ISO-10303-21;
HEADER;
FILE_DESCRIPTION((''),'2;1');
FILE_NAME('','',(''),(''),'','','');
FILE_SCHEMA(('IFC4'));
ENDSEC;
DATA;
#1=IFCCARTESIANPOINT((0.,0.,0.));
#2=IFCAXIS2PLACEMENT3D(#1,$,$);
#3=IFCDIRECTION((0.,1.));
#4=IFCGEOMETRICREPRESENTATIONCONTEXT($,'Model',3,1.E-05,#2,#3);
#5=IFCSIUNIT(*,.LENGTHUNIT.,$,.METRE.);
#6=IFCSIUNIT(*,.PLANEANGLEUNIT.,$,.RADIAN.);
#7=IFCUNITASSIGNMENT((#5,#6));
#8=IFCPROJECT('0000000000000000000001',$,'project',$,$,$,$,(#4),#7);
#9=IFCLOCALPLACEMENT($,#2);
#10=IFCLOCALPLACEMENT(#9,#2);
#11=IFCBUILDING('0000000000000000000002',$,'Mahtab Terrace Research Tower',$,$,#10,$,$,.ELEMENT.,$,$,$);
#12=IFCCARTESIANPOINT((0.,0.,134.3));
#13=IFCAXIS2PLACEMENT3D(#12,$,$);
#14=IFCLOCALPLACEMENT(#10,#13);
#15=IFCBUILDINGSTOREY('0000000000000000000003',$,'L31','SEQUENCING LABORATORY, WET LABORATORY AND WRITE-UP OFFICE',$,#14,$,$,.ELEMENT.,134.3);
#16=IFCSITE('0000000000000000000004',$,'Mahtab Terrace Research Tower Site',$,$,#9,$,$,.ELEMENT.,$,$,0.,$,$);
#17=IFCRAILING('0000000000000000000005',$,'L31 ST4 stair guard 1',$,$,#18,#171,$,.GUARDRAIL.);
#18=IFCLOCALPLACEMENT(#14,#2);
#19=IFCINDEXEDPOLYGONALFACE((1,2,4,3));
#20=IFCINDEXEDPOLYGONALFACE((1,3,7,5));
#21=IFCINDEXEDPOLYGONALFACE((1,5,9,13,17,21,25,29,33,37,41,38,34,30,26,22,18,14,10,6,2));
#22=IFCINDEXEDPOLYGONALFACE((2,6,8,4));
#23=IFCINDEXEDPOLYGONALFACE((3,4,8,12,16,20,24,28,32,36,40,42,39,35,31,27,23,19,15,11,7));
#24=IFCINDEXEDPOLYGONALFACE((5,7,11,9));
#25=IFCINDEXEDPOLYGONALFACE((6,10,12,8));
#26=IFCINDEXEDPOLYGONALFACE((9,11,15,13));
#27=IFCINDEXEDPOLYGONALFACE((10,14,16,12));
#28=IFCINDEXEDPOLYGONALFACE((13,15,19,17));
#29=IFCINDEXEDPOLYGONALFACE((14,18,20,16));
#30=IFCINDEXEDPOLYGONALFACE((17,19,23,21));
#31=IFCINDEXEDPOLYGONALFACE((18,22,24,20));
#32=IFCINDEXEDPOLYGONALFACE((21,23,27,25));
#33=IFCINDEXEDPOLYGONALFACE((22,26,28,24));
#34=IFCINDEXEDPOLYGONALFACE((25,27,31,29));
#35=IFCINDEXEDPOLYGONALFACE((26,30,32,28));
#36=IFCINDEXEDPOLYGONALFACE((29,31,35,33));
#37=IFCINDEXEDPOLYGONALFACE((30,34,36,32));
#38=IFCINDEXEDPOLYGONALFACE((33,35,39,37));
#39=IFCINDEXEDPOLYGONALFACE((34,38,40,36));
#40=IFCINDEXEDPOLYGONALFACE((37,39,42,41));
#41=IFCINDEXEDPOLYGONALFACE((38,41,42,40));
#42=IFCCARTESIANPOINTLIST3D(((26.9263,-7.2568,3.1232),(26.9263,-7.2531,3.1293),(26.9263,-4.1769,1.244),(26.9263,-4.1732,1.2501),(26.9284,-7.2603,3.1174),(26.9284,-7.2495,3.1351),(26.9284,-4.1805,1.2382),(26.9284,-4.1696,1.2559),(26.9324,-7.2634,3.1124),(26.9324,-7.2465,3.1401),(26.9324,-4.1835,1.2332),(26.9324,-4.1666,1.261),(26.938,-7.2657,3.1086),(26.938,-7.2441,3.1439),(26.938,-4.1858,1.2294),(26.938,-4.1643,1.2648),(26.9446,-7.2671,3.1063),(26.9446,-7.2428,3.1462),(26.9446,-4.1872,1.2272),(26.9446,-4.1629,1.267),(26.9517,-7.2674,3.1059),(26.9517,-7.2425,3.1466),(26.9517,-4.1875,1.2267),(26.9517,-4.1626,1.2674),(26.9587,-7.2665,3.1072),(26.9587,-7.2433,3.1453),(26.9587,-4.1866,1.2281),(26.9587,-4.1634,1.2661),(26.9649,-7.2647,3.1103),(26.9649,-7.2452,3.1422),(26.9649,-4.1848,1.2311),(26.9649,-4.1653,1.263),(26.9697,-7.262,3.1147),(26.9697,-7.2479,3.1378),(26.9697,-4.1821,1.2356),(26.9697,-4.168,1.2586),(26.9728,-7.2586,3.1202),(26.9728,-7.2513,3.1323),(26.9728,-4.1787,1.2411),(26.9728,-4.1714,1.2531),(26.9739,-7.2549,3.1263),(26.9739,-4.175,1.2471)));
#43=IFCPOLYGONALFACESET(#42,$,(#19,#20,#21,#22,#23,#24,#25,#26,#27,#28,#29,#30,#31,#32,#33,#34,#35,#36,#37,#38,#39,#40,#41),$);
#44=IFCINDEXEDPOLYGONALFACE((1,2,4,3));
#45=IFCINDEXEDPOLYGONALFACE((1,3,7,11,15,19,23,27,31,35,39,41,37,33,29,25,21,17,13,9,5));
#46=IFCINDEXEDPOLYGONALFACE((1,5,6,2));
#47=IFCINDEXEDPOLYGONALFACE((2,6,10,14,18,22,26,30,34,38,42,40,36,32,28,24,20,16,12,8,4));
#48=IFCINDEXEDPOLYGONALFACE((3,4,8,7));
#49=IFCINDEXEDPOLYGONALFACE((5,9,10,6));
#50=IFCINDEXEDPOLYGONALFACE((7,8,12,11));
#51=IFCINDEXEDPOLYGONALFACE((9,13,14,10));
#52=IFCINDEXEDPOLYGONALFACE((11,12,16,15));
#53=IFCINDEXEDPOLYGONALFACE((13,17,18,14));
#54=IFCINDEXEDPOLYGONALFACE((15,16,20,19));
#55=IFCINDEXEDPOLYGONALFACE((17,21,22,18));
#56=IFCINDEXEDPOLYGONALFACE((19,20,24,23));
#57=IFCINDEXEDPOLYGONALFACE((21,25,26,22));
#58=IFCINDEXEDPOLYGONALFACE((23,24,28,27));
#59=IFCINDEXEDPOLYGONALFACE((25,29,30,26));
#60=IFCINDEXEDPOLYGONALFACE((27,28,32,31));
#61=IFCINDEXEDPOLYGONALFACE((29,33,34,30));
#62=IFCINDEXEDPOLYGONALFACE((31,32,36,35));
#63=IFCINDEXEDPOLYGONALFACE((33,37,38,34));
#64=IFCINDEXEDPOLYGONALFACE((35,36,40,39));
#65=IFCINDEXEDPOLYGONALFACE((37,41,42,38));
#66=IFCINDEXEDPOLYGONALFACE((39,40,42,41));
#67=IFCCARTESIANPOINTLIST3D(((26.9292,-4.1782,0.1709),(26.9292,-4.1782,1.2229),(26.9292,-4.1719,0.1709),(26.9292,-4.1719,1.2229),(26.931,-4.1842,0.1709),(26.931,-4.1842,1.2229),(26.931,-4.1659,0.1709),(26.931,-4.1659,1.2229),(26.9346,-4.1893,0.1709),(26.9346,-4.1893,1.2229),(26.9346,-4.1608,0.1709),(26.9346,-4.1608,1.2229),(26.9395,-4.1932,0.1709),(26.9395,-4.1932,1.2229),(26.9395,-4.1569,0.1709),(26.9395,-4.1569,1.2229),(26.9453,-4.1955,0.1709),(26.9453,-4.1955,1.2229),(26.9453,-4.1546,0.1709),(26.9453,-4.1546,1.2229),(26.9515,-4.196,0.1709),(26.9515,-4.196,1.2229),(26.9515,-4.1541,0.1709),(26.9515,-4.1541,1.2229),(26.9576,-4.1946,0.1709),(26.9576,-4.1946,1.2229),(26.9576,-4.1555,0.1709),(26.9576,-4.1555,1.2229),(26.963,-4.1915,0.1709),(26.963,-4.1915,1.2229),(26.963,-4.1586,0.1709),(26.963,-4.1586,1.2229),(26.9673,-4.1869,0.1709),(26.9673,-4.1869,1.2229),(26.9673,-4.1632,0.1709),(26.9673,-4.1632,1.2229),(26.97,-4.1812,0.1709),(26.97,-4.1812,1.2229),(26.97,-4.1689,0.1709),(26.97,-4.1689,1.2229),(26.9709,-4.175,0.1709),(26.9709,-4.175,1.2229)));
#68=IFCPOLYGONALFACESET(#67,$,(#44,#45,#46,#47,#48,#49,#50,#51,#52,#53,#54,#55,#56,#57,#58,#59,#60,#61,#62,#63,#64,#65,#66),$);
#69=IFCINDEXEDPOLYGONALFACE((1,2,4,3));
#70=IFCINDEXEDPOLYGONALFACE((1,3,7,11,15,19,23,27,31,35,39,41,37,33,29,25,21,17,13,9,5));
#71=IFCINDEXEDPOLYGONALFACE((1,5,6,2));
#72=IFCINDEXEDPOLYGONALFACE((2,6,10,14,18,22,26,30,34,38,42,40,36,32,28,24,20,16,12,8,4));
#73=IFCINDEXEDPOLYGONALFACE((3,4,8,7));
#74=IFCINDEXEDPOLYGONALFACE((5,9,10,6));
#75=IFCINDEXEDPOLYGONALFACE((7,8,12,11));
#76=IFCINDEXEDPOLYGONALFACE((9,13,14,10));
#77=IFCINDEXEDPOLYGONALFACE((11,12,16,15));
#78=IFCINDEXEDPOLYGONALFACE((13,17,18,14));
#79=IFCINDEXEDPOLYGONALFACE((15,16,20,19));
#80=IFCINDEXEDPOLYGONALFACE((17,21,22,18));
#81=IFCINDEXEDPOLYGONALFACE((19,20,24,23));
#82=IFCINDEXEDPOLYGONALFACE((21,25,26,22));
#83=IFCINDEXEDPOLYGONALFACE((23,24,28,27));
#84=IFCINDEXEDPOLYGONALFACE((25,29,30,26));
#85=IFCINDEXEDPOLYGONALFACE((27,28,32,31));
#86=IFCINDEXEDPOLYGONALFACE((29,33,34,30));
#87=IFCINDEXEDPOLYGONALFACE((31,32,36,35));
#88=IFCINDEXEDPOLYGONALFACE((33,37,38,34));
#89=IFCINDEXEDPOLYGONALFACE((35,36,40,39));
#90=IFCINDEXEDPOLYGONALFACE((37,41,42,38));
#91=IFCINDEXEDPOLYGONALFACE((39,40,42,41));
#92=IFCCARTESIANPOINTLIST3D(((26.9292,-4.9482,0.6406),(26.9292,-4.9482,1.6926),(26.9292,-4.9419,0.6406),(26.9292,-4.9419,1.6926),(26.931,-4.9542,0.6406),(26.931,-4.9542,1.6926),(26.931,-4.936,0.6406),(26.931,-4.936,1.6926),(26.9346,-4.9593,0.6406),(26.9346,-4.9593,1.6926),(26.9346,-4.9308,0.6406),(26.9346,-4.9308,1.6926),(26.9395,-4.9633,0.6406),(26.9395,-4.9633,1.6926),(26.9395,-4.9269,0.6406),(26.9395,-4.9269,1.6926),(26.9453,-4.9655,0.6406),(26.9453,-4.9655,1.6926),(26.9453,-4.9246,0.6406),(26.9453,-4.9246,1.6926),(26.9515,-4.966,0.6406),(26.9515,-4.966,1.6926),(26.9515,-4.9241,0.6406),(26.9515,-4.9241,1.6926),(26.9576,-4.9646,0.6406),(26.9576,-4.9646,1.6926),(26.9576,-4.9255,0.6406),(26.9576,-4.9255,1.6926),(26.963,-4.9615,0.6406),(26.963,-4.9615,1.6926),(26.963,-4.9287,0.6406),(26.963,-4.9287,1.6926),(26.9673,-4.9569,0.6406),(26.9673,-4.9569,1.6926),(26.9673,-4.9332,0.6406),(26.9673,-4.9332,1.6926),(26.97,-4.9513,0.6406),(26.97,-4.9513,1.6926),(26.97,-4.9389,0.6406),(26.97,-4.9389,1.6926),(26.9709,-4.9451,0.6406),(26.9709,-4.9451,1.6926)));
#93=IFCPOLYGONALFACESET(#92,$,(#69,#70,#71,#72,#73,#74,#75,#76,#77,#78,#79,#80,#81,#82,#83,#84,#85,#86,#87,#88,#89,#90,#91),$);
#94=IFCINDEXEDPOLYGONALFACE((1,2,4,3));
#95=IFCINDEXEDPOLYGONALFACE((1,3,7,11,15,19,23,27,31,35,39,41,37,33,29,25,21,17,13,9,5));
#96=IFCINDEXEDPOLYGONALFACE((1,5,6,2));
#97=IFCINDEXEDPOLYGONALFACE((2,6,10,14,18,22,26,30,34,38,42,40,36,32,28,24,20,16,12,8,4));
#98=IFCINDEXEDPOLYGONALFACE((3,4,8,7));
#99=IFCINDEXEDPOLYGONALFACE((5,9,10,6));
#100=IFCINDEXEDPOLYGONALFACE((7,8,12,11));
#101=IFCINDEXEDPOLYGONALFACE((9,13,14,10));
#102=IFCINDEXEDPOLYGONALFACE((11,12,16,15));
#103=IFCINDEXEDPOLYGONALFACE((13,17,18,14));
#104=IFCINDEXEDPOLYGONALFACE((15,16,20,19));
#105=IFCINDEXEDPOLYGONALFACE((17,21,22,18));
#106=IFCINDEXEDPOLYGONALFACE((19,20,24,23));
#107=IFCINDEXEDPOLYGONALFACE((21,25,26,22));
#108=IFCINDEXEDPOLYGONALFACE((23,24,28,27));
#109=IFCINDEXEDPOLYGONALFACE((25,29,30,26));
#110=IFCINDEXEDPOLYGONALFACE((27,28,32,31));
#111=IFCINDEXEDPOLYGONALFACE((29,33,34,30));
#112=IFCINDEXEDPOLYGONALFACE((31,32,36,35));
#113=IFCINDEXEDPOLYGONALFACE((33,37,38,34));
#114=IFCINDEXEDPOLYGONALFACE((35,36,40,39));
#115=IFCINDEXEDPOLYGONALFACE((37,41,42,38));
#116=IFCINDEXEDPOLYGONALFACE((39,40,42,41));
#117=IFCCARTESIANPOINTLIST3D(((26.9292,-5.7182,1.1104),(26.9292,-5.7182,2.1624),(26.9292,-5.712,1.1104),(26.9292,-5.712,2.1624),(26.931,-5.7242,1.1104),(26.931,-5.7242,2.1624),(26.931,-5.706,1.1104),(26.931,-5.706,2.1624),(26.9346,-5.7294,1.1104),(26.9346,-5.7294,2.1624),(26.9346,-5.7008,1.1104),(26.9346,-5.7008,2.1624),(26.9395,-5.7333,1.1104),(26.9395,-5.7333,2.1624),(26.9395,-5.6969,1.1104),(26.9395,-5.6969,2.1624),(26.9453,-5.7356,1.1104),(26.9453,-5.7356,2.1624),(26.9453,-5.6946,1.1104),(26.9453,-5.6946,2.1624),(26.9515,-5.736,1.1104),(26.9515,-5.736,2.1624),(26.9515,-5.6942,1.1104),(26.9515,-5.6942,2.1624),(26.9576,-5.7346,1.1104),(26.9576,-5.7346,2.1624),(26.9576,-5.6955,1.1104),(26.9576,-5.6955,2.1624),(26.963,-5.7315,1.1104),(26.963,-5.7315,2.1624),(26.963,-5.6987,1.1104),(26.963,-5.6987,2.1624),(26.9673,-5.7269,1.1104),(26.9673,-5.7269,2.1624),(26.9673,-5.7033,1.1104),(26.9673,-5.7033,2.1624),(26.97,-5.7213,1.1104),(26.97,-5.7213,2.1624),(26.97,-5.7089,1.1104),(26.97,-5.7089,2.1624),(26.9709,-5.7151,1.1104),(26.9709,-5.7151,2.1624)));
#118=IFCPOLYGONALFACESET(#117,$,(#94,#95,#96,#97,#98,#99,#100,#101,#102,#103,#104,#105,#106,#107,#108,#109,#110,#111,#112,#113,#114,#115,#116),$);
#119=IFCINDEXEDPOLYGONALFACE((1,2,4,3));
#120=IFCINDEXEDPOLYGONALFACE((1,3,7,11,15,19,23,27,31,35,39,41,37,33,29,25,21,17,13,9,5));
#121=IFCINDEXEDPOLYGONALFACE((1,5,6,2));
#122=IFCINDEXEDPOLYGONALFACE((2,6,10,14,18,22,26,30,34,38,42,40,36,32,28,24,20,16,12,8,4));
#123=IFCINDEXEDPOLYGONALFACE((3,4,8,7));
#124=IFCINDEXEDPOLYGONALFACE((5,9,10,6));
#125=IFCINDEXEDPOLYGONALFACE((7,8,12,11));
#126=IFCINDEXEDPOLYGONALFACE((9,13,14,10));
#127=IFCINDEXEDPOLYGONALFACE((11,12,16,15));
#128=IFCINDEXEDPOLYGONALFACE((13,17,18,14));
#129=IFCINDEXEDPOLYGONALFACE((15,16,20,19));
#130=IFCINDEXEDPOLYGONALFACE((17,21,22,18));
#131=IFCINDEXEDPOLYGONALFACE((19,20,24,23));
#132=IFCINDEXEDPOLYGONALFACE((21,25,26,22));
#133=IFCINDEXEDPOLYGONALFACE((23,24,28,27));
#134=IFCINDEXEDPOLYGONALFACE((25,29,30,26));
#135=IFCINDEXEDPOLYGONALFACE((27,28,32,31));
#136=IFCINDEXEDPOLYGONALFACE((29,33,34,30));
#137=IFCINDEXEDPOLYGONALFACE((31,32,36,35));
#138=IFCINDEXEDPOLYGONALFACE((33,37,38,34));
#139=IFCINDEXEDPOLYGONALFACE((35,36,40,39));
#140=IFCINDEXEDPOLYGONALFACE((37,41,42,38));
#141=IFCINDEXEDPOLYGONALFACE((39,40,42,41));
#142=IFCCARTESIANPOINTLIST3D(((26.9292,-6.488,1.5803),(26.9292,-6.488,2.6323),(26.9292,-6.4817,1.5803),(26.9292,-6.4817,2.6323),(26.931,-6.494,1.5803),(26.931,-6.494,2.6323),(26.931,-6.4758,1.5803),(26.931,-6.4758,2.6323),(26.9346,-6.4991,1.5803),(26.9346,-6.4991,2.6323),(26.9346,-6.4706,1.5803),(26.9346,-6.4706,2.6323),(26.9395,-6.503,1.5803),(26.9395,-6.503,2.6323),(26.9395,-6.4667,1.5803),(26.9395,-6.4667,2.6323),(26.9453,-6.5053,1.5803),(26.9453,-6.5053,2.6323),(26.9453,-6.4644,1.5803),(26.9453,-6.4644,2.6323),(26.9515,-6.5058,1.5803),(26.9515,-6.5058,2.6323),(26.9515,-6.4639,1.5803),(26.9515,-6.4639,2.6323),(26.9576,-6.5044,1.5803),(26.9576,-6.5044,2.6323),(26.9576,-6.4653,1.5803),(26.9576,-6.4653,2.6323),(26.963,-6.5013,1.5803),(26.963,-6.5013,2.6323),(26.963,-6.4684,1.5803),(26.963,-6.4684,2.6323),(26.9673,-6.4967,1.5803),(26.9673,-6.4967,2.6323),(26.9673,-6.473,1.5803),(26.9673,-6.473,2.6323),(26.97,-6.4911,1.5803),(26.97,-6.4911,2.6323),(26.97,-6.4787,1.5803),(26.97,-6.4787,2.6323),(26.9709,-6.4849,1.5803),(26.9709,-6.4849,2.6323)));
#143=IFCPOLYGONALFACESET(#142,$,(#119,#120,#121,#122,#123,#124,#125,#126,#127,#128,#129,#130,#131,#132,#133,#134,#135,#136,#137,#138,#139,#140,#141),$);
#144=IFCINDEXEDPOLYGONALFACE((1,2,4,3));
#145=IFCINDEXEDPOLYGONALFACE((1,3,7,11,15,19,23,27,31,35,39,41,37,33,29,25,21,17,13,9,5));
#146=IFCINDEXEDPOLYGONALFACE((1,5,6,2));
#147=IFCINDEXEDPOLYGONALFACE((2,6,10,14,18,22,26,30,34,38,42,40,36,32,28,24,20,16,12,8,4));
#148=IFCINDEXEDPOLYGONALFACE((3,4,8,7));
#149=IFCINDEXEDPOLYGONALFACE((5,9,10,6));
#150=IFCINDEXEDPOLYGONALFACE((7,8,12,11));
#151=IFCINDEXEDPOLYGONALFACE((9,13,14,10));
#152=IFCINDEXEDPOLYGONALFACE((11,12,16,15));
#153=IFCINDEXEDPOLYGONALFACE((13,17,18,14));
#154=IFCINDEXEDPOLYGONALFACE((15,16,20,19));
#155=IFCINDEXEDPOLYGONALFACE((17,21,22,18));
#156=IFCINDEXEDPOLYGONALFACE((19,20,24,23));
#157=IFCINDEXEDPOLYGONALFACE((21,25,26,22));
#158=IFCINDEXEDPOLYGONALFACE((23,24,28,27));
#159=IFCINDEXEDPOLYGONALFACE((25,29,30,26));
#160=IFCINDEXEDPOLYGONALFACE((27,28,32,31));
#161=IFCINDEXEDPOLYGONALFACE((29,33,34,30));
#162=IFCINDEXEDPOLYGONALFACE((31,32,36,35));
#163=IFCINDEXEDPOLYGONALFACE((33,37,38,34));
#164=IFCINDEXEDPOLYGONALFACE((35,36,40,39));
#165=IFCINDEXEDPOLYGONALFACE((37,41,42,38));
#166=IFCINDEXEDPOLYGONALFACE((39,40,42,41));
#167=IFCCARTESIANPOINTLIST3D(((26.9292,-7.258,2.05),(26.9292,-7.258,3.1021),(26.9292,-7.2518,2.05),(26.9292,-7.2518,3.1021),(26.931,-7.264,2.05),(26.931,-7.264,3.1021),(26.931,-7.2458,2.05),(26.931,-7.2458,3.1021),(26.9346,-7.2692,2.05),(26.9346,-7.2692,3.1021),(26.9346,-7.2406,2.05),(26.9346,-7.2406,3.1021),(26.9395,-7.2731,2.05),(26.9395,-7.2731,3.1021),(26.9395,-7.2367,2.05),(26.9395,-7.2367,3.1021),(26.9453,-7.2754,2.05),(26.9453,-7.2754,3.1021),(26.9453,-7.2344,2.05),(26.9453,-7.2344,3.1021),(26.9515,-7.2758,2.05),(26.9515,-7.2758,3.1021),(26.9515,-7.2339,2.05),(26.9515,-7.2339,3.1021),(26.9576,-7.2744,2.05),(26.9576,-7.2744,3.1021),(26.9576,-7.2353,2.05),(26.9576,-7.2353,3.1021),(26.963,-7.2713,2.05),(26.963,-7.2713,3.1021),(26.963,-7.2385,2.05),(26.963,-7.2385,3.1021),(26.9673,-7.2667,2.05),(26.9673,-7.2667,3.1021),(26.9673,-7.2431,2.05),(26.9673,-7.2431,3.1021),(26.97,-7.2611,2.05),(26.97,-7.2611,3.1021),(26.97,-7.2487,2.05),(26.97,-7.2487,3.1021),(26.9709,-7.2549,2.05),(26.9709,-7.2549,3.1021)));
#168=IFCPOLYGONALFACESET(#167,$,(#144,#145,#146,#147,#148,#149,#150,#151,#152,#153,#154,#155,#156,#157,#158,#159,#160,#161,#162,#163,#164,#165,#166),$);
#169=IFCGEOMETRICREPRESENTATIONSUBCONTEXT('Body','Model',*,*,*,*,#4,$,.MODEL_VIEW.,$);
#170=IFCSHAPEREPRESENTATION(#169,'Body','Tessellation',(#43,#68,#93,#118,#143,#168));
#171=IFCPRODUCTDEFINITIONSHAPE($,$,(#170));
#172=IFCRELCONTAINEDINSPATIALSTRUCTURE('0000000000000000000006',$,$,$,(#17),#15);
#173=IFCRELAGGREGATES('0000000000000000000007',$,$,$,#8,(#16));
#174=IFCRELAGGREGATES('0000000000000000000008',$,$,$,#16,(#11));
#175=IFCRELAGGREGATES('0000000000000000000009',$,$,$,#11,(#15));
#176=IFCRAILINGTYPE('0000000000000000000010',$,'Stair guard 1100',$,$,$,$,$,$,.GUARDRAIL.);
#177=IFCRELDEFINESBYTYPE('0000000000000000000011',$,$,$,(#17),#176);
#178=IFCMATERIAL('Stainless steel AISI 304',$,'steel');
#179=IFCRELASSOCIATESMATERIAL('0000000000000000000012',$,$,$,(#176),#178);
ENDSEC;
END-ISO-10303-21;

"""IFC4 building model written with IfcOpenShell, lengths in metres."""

from ifc_helpers import new_model, si_unit, direction, frame, origin, origin_2d, place, context, subcontext, project, spatial, circle, extrude, material, type_object, element, save


model = new_model("IFC4")

# Units and contexts
model_context = context("Model", 3, precision=1e-05, world=origin(), true_north=direction((0.0, 1.0)))
body_context = subcontext(model_context, "Body", "Model", "MODEL_VIEW")
ifc_project = project(units=[si_unit("LENGTHUNIT", "METRE"), si_unit("PLANEANGLEUNIT", "RADIAN")], contexts=[model_context])

# Site, building, storey
site_placement = place(None, origin())
site = spatial("IfcSite", under=ifc_project, at=site_placement, Name="Mahtab Terrace Research Tower Site", CompositionType="ELEMENT", RefElevation=0.0)
building_placement = place(site_placement, origin())
building = spatial("IfcBuilding", under=site, at=building_placement, Name="Mahtab Terrace Research Tower", CompositionType="ELEMENT")
storey_placement = place(building_placement, frame((0.0, 0.0, 134.3)))
storey = spatial("IfcBuildingStorey", under=building, at=storey_placement, Name="L31", Description="SEQUENCING LABORATORY, WET LABORATORY AND WRITE-UP OFFICE", CompositionType="ELEMENT", Elevation=134.3)

# Railing
ifc_material_1 = material(Name="Stainless steel AISI 304", Category="steel")
railing_type_1 = type_object("IfcRailingType", Name="Stair guard 1100", PredefinedType="GUARDRAIL", material=ifc_material_1)
railing_1_placement = place(storey_placement, frame((26.95, -4.175, 0.1709)))
element("IfcRailing", 1, at=railing_1_placement, inside=storey, type_object=railing_type_1, Name="L31 ST4 stair guard 1", PredefinedType="GUARDRAIL", context=body_context, shape_type="SweptSolid", body=[
    extrude(circle(Radius=0.0239, at=origin_2d()), frame((0.0, 0.0, 1.0762), z_axis=(0.0, -0.853648, 0.52085), x_axis=(1.0, 0.0, 0.0)), (0.0, 0.0, 1.0), 3.6079),
    extrude(circle(Radius=0.021, at=origin_2d()), origin(), (0.0, 0.0, 1.0), 1.052),
    extrude(circle(Radius=0.021, at=origin_2d()), frame((0.0, -0.77, 0.4697)), (0.0, 0.0, 1.0), 1.052),
    extrude(circle(Radius=0.021, at=origin_2d()), frame((0.0, -1.54, 0.9395)), (0.0, 0.0, 1.0), 1.052),
    extrude(circle(Radius=0.021, at=origin_2d()), frame((0.0, -2.3098, 1.4094)), (0.0, 0.0, 1.0), 1.052),
    extrude(circle(Radius=0.021, at=origin_2d()), frame((0.0, -3.0798, 1.8792)), (0.0, 0.0, 1.0), 1.052),
])

save(model, "model.ifc")
